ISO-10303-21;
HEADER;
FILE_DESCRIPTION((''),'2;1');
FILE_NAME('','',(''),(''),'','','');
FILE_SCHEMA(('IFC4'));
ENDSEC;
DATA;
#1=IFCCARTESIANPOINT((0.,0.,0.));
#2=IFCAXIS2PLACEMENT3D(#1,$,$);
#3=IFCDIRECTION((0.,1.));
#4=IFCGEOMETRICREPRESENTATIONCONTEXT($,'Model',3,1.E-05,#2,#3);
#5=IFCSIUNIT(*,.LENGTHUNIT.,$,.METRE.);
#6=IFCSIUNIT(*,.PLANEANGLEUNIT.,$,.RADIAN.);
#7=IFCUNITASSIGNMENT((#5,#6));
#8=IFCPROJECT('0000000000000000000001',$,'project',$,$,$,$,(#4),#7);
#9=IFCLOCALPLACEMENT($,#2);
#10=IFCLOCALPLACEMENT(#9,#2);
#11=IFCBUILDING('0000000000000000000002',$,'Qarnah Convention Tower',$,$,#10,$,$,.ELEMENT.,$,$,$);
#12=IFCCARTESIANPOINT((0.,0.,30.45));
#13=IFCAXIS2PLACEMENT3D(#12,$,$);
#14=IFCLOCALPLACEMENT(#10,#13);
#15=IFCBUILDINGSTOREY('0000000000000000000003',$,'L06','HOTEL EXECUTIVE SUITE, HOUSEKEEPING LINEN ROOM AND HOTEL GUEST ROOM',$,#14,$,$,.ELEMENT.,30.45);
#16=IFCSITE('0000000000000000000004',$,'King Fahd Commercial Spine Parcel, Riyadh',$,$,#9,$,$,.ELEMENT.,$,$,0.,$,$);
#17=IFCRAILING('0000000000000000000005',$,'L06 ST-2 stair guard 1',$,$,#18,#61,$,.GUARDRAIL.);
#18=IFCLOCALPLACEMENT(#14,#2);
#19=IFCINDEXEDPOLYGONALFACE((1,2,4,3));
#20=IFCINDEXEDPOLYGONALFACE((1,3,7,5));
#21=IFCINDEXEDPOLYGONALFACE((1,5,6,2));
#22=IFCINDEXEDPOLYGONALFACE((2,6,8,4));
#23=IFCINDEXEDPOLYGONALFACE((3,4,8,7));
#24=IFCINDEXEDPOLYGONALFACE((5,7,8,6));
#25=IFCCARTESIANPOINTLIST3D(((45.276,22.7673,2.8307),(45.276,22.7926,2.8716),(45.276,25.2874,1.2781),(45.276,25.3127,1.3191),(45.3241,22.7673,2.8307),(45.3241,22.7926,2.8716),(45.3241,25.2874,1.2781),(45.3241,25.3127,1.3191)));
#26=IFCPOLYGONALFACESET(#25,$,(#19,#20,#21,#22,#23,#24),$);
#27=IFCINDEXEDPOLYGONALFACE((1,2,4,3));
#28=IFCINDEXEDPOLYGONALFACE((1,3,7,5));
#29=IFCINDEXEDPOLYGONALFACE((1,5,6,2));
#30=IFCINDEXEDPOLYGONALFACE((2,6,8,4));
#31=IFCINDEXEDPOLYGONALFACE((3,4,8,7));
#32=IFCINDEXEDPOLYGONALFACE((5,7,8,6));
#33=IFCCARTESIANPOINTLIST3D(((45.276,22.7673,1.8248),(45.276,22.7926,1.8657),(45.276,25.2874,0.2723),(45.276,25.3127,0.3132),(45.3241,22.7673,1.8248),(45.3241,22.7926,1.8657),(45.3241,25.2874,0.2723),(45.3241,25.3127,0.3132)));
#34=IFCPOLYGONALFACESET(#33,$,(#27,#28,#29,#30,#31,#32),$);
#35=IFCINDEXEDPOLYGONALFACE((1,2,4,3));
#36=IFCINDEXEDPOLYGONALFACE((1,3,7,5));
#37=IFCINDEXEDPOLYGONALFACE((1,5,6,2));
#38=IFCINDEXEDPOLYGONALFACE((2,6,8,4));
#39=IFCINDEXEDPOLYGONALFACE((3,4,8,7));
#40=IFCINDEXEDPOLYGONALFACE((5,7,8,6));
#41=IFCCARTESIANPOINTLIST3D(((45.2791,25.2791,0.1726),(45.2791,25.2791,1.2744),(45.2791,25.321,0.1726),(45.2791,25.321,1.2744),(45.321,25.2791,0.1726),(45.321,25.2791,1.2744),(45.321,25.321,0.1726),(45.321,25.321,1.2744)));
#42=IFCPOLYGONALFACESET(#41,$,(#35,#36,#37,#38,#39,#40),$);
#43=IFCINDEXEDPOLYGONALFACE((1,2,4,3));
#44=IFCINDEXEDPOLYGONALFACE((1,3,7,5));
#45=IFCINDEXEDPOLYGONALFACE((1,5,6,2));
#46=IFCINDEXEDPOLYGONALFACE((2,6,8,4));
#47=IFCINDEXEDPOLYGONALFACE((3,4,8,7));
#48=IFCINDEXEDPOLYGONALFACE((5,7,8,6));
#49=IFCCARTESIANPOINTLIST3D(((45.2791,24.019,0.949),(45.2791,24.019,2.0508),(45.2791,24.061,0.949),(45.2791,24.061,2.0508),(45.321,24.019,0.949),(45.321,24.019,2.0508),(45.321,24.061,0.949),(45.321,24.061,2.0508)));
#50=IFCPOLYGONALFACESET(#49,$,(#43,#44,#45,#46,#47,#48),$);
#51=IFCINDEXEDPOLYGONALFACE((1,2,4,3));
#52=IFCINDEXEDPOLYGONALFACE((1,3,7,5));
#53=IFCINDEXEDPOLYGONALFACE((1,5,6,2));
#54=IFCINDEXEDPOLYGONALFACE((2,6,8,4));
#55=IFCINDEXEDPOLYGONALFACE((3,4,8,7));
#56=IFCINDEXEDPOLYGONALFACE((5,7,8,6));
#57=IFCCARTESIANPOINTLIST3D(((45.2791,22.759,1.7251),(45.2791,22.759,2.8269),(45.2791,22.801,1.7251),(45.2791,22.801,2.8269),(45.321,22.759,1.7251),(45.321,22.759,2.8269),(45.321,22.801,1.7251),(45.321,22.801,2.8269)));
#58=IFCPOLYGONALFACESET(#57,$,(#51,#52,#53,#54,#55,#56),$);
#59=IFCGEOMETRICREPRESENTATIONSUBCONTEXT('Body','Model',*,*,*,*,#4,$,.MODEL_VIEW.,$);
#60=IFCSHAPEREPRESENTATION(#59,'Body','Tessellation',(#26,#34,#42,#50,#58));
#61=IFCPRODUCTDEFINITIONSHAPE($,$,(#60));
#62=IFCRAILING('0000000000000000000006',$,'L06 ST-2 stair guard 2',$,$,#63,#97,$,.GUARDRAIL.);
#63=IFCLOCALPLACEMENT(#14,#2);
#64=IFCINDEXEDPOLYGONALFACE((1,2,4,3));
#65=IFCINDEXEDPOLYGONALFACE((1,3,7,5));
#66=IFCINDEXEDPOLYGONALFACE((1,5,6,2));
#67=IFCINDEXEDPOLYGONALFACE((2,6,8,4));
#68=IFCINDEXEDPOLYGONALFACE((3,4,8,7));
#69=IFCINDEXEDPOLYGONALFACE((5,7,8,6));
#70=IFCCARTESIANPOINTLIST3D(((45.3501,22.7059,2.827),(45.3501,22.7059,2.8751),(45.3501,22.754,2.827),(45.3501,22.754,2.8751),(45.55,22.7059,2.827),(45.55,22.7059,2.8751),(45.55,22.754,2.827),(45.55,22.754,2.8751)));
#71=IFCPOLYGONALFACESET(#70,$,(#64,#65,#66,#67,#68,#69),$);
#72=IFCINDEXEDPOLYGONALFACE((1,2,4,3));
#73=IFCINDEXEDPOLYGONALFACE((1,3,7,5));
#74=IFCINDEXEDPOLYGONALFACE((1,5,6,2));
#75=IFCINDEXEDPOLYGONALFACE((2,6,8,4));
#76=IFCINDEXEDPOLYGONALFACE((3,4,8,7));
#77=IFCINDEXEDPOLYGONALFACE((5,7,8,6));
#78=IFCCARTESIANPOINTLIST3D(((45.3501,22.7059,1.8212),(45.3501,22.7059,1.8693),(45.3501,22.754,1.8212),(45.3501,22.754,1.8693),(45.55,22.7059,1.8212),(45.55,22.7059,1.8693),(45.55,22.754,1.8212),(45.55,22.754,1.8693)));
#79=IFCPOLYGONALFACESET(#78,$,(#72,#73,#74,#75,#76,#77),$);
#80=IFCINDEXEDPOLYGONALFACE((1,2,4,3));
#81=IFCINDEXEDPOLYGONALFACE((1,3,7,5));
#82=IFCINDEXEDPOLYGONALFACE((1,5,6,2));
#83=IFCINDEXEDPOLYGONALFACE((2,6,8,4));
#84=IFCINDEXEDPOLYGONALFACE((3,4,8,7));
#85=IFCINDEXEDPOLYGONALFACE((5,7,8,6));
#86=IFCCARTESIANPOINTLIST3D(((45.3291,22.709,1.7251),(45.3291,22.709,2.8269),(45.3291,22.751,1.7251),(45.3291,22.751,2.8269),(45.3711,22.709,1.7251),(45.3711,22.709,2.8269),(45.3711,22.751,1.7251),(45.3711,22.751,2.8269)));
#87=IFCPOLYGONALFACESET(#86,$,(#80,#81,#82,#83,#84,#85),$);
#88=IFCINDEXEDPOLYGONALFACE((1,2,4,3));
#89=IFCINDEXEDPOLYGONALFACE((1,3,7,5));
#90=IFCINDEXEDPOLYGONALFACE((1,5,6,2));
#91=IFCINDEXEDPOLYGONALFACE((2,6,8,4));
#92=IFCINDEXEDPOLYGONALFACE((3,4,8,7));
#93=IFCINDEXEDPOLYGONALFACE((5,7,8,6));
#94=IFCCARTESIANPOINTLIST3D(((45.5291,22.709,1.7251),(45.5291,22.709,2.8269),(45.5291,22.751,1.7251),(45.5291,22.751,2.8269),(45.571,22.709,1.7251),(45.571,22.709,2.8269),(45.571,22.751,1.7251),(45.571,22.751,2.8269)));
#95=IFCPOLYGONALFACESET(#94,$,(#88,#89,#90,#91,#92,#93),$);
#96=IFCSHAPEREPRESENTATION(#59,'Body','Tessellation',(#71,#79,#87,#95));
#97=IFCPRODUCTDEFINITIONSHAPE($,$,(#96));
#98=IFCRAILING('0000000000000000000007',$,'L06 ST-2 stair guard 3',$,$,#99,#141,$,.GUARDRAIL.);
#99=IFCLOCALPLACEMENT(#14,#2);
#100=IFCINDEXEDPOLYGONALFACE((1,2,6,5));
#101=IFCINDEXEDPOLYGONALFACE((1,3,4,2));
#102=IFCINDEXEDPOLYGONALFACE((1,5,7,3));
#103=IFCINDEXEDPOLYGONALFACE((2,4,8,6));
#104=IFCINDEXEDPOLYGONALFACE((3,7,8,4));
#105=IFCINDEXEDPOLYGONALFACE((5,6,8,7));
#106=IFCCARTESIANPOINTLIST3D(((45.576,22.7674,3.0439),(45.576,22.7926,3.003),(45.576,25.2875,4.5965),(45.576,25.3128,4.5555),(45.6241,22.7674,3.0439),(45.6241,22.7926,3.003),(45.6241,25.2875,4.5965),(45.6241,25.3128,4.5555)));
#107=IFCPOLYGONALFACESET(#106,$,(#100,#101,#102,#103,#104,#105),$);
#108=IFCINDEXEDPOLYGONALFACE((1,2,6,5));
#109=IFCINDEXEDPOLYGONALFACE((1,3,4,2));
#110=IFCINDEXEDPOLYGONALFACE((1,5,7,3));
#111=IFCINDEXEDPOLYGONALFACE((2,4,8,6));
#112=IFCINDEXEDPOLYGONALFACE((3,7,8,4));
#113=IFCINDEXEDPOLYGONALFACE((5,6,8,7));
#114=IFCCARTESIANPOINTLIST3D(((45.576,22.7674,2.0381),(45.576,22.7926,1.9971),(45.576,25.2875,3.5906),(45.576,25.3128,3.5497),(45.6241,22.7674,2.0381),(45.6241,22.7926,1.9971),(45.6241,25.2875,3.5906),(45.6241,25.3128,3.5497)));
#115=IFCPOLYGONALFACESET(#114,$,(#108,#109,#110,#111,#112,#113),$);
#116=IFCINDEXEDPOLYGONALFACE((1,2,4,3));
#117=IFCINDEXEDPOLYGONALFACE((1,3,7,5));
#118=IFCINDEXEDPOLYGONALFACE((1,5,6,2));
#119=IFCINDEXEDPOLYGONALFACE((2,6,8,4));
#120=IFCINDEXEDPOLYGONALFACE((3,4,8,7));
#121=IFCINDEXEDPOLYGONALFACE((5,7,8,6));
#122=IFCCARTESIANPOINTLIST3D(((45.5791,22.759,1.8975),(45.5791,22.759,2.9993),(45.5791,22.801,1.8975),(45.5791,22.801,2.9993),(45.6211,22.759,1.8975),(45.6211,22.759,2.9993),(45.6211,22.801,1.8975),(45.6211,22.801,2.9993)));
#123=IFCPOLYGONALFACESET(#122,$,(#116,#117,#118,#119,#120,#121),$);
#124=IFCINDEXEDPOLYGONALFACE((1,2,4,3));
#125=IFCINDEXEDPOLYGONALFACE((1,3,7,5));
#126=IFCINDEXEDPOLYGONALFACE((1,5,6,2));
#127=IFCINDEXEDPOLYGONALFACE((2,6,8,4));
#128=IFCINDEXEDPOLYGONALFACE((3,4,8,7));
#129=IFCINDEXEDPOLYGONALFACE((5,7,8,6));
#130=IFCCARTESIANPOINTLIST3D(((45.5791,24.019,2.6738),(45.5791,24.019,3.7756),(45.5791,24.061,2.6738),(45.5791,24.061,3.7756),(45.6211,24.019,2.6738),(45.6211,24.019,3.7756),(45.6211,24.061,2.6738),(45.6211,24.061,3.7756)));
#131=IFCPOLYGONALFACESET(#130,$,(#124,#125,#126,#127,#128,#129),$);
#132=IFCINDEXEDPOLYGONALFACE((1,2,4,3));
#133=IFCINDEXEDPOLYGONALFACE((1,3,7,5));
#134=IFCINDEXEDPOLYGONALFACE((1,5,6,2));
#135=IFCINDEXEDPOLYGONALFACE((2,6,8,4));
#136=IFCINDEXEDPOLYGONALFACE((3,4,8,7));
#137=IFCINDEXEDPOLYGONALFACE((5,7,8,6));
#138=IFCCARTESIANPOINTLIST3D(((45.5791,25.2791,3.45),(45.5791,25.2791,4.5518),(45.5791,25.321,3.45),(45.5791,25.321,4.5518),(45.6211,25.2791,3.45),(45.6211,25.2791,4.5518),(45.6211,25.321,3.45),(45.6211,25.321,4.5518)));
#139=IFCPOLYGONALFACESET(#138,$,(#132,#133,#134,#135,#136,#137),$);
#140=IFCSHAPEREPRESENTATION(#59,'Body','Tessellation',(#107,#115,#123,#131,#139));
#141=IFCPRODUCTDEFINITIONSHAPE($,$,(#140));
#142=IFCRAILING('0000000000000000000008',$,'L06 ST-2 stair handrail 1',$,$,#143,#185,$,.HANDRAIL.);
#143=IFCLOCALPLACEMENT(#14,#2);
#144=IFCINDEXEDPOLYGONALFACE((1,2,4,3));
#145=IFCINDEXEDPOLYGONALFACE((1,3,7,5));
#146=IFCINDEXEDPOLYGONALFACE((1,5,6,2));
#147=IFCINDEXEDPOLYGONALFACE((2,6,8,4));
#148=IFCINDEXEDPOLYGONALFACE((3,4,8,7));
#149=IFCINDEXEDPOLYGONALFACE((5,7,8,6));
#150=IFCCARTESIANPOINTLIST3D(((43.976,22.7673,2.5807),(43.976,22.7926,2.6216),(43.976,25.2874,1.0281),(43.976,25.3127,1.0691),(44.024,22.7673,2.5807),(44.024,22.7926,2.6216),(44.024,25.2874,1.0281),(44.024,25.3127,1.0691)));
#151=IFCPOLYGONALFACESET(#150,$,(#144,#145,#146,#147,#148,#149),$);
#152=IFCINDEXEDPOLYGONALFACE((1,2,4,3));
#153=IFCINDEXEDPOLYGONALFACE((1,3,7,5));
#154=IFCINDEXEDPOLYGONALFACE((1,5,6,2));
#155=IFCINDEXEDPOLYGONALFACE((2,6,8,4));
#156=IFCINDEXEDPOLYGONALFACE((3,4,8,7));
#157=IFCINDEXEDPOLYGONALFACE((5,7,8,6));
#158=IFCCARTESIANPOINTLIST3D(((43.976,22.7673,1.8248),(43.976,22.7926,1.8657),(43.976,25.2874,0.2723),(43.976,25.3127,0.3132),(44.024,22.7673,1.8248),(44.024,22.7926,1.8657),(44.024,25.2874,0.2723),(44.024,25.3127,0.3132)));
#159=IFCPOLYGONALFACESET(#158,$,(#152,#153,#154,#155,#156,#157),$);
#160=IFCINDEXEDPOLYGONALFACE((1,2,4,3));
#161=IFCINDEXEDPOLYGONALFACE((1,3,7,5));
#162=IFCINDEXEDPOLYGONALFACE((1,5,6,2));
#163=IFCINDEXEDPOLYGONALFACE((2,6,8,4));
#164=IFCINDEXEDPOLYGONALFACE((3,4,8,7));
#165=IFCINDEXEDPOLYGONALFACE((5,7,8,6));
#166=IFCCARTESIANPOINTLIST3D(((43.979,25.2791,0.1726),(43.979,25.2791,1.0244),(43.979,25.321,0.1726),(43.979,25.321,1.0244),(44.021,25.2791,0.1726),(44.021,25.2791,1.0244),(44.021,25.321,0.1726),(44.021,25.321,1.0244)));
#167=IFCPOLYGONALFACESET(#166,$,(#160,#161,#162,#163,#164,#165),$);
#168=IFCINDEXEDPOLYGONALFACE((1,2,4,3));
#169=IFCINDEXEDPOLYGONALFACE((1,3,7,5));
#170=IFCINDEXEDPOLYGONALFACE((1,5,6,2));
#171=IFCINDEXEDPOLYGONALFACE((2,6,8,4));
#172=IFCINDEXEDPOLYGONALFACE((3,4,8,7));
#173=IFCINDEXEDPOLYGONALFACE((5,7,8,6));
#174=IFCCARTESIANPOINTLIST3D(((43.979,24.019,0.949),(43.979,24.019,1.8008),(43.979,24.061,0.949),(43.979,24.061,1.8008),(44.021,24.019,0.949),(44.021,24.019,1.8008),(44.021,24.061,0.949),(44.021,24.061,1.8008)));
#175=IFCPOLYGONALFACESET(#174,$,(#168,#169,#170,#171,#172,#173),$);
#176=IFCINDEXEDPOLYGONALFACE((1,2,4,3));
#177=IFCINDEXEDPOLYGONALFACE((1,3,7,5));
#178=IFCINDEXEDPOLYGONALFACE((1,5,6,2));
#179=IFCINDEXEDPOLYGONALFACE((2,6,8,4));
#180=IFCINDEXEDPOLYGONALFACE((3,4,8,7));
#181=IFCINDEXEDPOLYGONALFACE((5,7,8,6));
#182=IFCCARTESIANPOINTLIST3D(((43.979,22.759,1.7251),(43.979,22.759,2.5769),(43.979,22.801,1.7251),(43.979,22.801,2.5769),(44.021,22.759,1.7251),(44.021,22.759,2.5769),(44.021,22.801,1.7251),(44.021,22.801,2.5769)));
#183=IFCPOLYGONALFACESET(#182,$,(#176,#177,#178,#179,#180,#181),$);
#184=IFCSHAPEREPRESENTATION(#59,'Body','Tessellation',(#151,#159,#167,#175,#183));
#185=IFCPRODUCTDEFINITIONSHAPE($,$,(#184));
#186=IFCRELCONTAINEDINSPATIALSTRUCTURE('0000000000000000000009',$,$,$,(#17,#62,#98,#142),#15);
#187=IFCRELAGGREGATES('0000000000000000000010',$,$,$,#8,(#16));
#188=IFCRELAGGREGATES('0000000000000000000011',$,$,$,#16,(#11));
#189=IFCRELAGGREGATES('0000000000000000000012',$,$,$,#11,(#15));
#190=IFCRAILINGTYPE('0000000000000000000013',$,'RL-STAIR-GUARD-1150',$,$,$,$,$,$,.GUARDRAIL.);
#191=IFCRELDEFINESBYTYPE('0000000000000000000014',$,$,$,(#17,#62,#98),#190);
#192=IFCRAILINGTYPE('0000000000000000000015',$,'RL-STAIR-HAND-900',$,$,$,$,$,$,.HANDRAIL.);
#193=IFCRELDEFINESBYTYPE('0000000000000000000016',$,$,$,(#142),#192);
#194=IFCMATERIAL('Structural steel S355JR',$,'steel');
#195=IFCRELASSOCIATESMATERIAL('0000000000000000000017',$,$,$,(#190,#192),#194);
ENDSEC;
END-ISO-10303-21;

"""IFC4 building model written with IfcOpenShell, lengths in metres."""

from ifc_helpers import new_model, si_unit, direction, frame, origin, origin_2d, place, context, subcontext, project, spatial, rectangle, extrude, material, type_object, element, save


model = new_model("IFC4")

# Units and contexts
model_context = context("Model", 3, precision=1e-05, world=origin(), true_north=direction((0.0, 1.0)))
body_context = subcontext(model_context, "Body", "Model", "MODEL_VIEW")
ifc_project = project(units=[si_unit("LENGTHUNIT", "METRE"), si_unit("PLANEANGLEUNIT", "RADIAN")], contexts=[model_context])

# Site, building, storey
site_placement = place(None, origin())
site = spatial("IfcSite", under=ifc_project, at=site_placement, Name="King Fahd Commercial Spine Parcel, Riyadh", CompositionType="ELEMENT", RefElevation=0.0)
building_placement = place(site_placement, origin())
building = spatial("IfcBuilding", under=site, at=building_placement, Name="Qarnah Convention Tower", CompositionType="ELEMENT")
storey_placement = place(building_placement, frame((0.0, 0.0, 30.45)))
storey = spatial("IfcBuildingStorey", under=building, at=storey_placement, Name="L06", Description="HOTEL EXECUTIVE SUITE, HOUSEKEEPING LINEN ROOM AND HOTEL GUEST ROOM", CompositionType="ELEMENT", Elevation=30.45)

# Shared definitions
ifc_material_1 = material(Name="Structural steel S355JR", Category="steel")

# Railings
railing_type_1 = type_object("IfcRailingType", Name="RL-STAIR-GUARD-1150", PredefinedType="GUARDRAIL", material=ifc_material_1)
railing_1_placement = place(storey_placement, frame((45.3, 25.3, 0.1726)))
element("IfcRailing", 1, at=railing_1_placement, inside=storey, type_object=railing_type_1, Name="L06 ST-2 stair guard 1", PredefinedType="GUARDRAIL", context=body_context, shape_type="SweptSolid", body=[
    extrude(rectangle(XDim=0.0481, YDim=0.0481, at=origin_2d()), frame((0.0, 0.0, 1.126), z_axis=(0.0, -0.8514, 0.524516), x_axis=(1.0, 0.0, 0.0)), (0.0, 0.0, 1.0), 2.96),
    extrude(rectangle(XDim=0.0481, YDim=0.0481, at=origin_2d()), frame((0.0, 0.0, 0.1201), z_axis=(0.0, -0.8514, 0.524516), x_axis=(1.0, 0.0, 0.0)), (0.0, 0.0, 1.0), 2.96),
    extrude(rectangle(XDim=0.042, YDim=0.042, at=origin_2d()), origin(), (0.0, 0.0, 1.0), 1.1018),
    extrude(rectangle(XDim=0.042, YDim=0.042, at=origin_2d()), frame((0.0, -1.26, 0.7764)), (0.0, 0.0, 1.0), 1.1018),
    extrude(rectangle(XDim=0.042, YDim=0.042, at=origin_2d()), frame((0.0, -2.52, 1.5525)), (0.0, 0.0, 1.0), 1.1018),
])
railing_2_placement = place(storey_placement, frame((45.3501, 22.73, 1.7251)))
element("IfcRailing", 2, at=railing_2_placement, inside=storey, type_object=railing_type_1, Name="L06 ST-2 stair guard 2", PredefinedType="GUARDRAIL", context=body_context, shape_type="SweptSolid", body=[
    extrude(rectangle(XDim=0.0481, YDim=0.0481, at=origin_2d()), frame((0.0, 0.0, 1.126), z_axis=(1.0, 0.0, 0.0), x_axis=(0.0, 1.0, 0.0)), (0.0, 0.0, 1.0), 0.2),
    extrude(rectangle(XDim=0.0481, YDim=0.0481, at=origin_2d()), frame((0.0, 0.0, 0.1201), z_axis=(1.0, 0.0, 0.0), x_axis=(0.0, 1.0, 0.0)), (0.0, 0.0, 1.0), 0.2),
    extrude(rectangle(XDim=0.042, YDim=0.042, at=origin_2d()), origin(), (0.0, 0.0, 1.0), 1.1018),
    extrude(rectangle(XDim=0.042, YDim=0.042, at=origin_2d()), frame((0.2, 0.0, 0.0)), (0.0, 0.0, 1.0), 1.1018),
])
railing_3_placement = place(storey_placement, frame((45.6001, 22.78, 1.8975)))
element("IfcRailing", 3, at=railing_3_placement, inside=storey, type_object=railing_type_1, Name="L06 ST-2 stair guard 3", PredefinedType="GUARDRAIL", context=body_context, shape_type="SweptSolid", body=[
    extrude(rectangle(XDim=0.0481, YDim=0.0481, at=origin_2d()), frame((0.0, 0.0, 1.126), z_axis=(0.0, 0.8514, 0.524516), x_axis=(-1.0, 0.0, 0.0)), (0.0, 0.0, 1.0), 2.96),
    extrude(rectangle(XDim=0.0481, YDim=0.0481, at=origin_2d()), frame((0.0, 0.0, 0.1201), z_axis=(0.0, 0.8514, 0.524516), x_axis=(-1.0, 0.0, 0.0)), (0.0, 0.0, 1.0), 2.96),
    extrude(rectangle(XDim=0.042, YDim=0.042, at=origin_2d()), origin(), (0.0, 0.0, 1.0), 1.1018),
    extrude(rectangle(XDim=0.042, YDim=0.042, at=origin_2d()), frame((0.0, 1.26, 0.7764)), (0.0, 0.0, 1.0), 1.1018),
    extrude(rectangle(XDim=0.042, YDim=0.042, at=origin_2d()), frame((0.0, 2.52, 1.5525)), (0.0, 0.0, 1.0), 1.1018),
])
railing_type_2 = type_object("IfcRailingType", Name="RL-STAIR-HAND-900", PredefinedType="HANDRAIL", material=ifc_material_1)
railing_4_placement = place(storey_placement, frame((44.0, 25.3, 0.1726)))
element("IfcRailing", 4, at=railing_4_placement, inside=storey, type_object=railing_type_2, Name="L06 ST-2 stair handrail 1", PredefinedType="HANDRAIL", context=body_context, shape_type="SweptSolid", body=[
    extrude(rectangle(XDim=0.0481, YDim=0.0481, at=origin_2d()), frame((0.0, 0.0, 0.876), z_axis=(0.0, -0.8514, 0.524516), x_axis=(1.0, 0.0, 0.0)), (0.0, 0.0, 1.0), 2.96),
    extrude(rectangle(XDim=0.0481, YDim=0.0481, at=origin_2d()), frame((0.0, 0.0, 0.1201), z_axis=(0.0, -0.8514, 0.524516), x_axis=(1.0, 0.0, 0.0)), (0.0, 0.0, 1.0), 2.96),
    extrude(rectangle(XDim=0.042, YDim=0.042, at=origin_2d()), origin(), (0.0, 0.0, 1.0), 0.8518),
    extrude(rectangle(XDim=0.042, YDim=0.042, at=origin_2d()), frame((0.0, -1.26, 0.7764)), (0.0, 0.0, 1.0), 0.8518),
    extrude(rectangle(XDim=0.042, YDim=0.042, at=origin_2d()), frame((0.0, -2.52, 1.5525)), (0.0, 0.0, 1.0), 0.8518),
])

save(model, "model.ifc")
